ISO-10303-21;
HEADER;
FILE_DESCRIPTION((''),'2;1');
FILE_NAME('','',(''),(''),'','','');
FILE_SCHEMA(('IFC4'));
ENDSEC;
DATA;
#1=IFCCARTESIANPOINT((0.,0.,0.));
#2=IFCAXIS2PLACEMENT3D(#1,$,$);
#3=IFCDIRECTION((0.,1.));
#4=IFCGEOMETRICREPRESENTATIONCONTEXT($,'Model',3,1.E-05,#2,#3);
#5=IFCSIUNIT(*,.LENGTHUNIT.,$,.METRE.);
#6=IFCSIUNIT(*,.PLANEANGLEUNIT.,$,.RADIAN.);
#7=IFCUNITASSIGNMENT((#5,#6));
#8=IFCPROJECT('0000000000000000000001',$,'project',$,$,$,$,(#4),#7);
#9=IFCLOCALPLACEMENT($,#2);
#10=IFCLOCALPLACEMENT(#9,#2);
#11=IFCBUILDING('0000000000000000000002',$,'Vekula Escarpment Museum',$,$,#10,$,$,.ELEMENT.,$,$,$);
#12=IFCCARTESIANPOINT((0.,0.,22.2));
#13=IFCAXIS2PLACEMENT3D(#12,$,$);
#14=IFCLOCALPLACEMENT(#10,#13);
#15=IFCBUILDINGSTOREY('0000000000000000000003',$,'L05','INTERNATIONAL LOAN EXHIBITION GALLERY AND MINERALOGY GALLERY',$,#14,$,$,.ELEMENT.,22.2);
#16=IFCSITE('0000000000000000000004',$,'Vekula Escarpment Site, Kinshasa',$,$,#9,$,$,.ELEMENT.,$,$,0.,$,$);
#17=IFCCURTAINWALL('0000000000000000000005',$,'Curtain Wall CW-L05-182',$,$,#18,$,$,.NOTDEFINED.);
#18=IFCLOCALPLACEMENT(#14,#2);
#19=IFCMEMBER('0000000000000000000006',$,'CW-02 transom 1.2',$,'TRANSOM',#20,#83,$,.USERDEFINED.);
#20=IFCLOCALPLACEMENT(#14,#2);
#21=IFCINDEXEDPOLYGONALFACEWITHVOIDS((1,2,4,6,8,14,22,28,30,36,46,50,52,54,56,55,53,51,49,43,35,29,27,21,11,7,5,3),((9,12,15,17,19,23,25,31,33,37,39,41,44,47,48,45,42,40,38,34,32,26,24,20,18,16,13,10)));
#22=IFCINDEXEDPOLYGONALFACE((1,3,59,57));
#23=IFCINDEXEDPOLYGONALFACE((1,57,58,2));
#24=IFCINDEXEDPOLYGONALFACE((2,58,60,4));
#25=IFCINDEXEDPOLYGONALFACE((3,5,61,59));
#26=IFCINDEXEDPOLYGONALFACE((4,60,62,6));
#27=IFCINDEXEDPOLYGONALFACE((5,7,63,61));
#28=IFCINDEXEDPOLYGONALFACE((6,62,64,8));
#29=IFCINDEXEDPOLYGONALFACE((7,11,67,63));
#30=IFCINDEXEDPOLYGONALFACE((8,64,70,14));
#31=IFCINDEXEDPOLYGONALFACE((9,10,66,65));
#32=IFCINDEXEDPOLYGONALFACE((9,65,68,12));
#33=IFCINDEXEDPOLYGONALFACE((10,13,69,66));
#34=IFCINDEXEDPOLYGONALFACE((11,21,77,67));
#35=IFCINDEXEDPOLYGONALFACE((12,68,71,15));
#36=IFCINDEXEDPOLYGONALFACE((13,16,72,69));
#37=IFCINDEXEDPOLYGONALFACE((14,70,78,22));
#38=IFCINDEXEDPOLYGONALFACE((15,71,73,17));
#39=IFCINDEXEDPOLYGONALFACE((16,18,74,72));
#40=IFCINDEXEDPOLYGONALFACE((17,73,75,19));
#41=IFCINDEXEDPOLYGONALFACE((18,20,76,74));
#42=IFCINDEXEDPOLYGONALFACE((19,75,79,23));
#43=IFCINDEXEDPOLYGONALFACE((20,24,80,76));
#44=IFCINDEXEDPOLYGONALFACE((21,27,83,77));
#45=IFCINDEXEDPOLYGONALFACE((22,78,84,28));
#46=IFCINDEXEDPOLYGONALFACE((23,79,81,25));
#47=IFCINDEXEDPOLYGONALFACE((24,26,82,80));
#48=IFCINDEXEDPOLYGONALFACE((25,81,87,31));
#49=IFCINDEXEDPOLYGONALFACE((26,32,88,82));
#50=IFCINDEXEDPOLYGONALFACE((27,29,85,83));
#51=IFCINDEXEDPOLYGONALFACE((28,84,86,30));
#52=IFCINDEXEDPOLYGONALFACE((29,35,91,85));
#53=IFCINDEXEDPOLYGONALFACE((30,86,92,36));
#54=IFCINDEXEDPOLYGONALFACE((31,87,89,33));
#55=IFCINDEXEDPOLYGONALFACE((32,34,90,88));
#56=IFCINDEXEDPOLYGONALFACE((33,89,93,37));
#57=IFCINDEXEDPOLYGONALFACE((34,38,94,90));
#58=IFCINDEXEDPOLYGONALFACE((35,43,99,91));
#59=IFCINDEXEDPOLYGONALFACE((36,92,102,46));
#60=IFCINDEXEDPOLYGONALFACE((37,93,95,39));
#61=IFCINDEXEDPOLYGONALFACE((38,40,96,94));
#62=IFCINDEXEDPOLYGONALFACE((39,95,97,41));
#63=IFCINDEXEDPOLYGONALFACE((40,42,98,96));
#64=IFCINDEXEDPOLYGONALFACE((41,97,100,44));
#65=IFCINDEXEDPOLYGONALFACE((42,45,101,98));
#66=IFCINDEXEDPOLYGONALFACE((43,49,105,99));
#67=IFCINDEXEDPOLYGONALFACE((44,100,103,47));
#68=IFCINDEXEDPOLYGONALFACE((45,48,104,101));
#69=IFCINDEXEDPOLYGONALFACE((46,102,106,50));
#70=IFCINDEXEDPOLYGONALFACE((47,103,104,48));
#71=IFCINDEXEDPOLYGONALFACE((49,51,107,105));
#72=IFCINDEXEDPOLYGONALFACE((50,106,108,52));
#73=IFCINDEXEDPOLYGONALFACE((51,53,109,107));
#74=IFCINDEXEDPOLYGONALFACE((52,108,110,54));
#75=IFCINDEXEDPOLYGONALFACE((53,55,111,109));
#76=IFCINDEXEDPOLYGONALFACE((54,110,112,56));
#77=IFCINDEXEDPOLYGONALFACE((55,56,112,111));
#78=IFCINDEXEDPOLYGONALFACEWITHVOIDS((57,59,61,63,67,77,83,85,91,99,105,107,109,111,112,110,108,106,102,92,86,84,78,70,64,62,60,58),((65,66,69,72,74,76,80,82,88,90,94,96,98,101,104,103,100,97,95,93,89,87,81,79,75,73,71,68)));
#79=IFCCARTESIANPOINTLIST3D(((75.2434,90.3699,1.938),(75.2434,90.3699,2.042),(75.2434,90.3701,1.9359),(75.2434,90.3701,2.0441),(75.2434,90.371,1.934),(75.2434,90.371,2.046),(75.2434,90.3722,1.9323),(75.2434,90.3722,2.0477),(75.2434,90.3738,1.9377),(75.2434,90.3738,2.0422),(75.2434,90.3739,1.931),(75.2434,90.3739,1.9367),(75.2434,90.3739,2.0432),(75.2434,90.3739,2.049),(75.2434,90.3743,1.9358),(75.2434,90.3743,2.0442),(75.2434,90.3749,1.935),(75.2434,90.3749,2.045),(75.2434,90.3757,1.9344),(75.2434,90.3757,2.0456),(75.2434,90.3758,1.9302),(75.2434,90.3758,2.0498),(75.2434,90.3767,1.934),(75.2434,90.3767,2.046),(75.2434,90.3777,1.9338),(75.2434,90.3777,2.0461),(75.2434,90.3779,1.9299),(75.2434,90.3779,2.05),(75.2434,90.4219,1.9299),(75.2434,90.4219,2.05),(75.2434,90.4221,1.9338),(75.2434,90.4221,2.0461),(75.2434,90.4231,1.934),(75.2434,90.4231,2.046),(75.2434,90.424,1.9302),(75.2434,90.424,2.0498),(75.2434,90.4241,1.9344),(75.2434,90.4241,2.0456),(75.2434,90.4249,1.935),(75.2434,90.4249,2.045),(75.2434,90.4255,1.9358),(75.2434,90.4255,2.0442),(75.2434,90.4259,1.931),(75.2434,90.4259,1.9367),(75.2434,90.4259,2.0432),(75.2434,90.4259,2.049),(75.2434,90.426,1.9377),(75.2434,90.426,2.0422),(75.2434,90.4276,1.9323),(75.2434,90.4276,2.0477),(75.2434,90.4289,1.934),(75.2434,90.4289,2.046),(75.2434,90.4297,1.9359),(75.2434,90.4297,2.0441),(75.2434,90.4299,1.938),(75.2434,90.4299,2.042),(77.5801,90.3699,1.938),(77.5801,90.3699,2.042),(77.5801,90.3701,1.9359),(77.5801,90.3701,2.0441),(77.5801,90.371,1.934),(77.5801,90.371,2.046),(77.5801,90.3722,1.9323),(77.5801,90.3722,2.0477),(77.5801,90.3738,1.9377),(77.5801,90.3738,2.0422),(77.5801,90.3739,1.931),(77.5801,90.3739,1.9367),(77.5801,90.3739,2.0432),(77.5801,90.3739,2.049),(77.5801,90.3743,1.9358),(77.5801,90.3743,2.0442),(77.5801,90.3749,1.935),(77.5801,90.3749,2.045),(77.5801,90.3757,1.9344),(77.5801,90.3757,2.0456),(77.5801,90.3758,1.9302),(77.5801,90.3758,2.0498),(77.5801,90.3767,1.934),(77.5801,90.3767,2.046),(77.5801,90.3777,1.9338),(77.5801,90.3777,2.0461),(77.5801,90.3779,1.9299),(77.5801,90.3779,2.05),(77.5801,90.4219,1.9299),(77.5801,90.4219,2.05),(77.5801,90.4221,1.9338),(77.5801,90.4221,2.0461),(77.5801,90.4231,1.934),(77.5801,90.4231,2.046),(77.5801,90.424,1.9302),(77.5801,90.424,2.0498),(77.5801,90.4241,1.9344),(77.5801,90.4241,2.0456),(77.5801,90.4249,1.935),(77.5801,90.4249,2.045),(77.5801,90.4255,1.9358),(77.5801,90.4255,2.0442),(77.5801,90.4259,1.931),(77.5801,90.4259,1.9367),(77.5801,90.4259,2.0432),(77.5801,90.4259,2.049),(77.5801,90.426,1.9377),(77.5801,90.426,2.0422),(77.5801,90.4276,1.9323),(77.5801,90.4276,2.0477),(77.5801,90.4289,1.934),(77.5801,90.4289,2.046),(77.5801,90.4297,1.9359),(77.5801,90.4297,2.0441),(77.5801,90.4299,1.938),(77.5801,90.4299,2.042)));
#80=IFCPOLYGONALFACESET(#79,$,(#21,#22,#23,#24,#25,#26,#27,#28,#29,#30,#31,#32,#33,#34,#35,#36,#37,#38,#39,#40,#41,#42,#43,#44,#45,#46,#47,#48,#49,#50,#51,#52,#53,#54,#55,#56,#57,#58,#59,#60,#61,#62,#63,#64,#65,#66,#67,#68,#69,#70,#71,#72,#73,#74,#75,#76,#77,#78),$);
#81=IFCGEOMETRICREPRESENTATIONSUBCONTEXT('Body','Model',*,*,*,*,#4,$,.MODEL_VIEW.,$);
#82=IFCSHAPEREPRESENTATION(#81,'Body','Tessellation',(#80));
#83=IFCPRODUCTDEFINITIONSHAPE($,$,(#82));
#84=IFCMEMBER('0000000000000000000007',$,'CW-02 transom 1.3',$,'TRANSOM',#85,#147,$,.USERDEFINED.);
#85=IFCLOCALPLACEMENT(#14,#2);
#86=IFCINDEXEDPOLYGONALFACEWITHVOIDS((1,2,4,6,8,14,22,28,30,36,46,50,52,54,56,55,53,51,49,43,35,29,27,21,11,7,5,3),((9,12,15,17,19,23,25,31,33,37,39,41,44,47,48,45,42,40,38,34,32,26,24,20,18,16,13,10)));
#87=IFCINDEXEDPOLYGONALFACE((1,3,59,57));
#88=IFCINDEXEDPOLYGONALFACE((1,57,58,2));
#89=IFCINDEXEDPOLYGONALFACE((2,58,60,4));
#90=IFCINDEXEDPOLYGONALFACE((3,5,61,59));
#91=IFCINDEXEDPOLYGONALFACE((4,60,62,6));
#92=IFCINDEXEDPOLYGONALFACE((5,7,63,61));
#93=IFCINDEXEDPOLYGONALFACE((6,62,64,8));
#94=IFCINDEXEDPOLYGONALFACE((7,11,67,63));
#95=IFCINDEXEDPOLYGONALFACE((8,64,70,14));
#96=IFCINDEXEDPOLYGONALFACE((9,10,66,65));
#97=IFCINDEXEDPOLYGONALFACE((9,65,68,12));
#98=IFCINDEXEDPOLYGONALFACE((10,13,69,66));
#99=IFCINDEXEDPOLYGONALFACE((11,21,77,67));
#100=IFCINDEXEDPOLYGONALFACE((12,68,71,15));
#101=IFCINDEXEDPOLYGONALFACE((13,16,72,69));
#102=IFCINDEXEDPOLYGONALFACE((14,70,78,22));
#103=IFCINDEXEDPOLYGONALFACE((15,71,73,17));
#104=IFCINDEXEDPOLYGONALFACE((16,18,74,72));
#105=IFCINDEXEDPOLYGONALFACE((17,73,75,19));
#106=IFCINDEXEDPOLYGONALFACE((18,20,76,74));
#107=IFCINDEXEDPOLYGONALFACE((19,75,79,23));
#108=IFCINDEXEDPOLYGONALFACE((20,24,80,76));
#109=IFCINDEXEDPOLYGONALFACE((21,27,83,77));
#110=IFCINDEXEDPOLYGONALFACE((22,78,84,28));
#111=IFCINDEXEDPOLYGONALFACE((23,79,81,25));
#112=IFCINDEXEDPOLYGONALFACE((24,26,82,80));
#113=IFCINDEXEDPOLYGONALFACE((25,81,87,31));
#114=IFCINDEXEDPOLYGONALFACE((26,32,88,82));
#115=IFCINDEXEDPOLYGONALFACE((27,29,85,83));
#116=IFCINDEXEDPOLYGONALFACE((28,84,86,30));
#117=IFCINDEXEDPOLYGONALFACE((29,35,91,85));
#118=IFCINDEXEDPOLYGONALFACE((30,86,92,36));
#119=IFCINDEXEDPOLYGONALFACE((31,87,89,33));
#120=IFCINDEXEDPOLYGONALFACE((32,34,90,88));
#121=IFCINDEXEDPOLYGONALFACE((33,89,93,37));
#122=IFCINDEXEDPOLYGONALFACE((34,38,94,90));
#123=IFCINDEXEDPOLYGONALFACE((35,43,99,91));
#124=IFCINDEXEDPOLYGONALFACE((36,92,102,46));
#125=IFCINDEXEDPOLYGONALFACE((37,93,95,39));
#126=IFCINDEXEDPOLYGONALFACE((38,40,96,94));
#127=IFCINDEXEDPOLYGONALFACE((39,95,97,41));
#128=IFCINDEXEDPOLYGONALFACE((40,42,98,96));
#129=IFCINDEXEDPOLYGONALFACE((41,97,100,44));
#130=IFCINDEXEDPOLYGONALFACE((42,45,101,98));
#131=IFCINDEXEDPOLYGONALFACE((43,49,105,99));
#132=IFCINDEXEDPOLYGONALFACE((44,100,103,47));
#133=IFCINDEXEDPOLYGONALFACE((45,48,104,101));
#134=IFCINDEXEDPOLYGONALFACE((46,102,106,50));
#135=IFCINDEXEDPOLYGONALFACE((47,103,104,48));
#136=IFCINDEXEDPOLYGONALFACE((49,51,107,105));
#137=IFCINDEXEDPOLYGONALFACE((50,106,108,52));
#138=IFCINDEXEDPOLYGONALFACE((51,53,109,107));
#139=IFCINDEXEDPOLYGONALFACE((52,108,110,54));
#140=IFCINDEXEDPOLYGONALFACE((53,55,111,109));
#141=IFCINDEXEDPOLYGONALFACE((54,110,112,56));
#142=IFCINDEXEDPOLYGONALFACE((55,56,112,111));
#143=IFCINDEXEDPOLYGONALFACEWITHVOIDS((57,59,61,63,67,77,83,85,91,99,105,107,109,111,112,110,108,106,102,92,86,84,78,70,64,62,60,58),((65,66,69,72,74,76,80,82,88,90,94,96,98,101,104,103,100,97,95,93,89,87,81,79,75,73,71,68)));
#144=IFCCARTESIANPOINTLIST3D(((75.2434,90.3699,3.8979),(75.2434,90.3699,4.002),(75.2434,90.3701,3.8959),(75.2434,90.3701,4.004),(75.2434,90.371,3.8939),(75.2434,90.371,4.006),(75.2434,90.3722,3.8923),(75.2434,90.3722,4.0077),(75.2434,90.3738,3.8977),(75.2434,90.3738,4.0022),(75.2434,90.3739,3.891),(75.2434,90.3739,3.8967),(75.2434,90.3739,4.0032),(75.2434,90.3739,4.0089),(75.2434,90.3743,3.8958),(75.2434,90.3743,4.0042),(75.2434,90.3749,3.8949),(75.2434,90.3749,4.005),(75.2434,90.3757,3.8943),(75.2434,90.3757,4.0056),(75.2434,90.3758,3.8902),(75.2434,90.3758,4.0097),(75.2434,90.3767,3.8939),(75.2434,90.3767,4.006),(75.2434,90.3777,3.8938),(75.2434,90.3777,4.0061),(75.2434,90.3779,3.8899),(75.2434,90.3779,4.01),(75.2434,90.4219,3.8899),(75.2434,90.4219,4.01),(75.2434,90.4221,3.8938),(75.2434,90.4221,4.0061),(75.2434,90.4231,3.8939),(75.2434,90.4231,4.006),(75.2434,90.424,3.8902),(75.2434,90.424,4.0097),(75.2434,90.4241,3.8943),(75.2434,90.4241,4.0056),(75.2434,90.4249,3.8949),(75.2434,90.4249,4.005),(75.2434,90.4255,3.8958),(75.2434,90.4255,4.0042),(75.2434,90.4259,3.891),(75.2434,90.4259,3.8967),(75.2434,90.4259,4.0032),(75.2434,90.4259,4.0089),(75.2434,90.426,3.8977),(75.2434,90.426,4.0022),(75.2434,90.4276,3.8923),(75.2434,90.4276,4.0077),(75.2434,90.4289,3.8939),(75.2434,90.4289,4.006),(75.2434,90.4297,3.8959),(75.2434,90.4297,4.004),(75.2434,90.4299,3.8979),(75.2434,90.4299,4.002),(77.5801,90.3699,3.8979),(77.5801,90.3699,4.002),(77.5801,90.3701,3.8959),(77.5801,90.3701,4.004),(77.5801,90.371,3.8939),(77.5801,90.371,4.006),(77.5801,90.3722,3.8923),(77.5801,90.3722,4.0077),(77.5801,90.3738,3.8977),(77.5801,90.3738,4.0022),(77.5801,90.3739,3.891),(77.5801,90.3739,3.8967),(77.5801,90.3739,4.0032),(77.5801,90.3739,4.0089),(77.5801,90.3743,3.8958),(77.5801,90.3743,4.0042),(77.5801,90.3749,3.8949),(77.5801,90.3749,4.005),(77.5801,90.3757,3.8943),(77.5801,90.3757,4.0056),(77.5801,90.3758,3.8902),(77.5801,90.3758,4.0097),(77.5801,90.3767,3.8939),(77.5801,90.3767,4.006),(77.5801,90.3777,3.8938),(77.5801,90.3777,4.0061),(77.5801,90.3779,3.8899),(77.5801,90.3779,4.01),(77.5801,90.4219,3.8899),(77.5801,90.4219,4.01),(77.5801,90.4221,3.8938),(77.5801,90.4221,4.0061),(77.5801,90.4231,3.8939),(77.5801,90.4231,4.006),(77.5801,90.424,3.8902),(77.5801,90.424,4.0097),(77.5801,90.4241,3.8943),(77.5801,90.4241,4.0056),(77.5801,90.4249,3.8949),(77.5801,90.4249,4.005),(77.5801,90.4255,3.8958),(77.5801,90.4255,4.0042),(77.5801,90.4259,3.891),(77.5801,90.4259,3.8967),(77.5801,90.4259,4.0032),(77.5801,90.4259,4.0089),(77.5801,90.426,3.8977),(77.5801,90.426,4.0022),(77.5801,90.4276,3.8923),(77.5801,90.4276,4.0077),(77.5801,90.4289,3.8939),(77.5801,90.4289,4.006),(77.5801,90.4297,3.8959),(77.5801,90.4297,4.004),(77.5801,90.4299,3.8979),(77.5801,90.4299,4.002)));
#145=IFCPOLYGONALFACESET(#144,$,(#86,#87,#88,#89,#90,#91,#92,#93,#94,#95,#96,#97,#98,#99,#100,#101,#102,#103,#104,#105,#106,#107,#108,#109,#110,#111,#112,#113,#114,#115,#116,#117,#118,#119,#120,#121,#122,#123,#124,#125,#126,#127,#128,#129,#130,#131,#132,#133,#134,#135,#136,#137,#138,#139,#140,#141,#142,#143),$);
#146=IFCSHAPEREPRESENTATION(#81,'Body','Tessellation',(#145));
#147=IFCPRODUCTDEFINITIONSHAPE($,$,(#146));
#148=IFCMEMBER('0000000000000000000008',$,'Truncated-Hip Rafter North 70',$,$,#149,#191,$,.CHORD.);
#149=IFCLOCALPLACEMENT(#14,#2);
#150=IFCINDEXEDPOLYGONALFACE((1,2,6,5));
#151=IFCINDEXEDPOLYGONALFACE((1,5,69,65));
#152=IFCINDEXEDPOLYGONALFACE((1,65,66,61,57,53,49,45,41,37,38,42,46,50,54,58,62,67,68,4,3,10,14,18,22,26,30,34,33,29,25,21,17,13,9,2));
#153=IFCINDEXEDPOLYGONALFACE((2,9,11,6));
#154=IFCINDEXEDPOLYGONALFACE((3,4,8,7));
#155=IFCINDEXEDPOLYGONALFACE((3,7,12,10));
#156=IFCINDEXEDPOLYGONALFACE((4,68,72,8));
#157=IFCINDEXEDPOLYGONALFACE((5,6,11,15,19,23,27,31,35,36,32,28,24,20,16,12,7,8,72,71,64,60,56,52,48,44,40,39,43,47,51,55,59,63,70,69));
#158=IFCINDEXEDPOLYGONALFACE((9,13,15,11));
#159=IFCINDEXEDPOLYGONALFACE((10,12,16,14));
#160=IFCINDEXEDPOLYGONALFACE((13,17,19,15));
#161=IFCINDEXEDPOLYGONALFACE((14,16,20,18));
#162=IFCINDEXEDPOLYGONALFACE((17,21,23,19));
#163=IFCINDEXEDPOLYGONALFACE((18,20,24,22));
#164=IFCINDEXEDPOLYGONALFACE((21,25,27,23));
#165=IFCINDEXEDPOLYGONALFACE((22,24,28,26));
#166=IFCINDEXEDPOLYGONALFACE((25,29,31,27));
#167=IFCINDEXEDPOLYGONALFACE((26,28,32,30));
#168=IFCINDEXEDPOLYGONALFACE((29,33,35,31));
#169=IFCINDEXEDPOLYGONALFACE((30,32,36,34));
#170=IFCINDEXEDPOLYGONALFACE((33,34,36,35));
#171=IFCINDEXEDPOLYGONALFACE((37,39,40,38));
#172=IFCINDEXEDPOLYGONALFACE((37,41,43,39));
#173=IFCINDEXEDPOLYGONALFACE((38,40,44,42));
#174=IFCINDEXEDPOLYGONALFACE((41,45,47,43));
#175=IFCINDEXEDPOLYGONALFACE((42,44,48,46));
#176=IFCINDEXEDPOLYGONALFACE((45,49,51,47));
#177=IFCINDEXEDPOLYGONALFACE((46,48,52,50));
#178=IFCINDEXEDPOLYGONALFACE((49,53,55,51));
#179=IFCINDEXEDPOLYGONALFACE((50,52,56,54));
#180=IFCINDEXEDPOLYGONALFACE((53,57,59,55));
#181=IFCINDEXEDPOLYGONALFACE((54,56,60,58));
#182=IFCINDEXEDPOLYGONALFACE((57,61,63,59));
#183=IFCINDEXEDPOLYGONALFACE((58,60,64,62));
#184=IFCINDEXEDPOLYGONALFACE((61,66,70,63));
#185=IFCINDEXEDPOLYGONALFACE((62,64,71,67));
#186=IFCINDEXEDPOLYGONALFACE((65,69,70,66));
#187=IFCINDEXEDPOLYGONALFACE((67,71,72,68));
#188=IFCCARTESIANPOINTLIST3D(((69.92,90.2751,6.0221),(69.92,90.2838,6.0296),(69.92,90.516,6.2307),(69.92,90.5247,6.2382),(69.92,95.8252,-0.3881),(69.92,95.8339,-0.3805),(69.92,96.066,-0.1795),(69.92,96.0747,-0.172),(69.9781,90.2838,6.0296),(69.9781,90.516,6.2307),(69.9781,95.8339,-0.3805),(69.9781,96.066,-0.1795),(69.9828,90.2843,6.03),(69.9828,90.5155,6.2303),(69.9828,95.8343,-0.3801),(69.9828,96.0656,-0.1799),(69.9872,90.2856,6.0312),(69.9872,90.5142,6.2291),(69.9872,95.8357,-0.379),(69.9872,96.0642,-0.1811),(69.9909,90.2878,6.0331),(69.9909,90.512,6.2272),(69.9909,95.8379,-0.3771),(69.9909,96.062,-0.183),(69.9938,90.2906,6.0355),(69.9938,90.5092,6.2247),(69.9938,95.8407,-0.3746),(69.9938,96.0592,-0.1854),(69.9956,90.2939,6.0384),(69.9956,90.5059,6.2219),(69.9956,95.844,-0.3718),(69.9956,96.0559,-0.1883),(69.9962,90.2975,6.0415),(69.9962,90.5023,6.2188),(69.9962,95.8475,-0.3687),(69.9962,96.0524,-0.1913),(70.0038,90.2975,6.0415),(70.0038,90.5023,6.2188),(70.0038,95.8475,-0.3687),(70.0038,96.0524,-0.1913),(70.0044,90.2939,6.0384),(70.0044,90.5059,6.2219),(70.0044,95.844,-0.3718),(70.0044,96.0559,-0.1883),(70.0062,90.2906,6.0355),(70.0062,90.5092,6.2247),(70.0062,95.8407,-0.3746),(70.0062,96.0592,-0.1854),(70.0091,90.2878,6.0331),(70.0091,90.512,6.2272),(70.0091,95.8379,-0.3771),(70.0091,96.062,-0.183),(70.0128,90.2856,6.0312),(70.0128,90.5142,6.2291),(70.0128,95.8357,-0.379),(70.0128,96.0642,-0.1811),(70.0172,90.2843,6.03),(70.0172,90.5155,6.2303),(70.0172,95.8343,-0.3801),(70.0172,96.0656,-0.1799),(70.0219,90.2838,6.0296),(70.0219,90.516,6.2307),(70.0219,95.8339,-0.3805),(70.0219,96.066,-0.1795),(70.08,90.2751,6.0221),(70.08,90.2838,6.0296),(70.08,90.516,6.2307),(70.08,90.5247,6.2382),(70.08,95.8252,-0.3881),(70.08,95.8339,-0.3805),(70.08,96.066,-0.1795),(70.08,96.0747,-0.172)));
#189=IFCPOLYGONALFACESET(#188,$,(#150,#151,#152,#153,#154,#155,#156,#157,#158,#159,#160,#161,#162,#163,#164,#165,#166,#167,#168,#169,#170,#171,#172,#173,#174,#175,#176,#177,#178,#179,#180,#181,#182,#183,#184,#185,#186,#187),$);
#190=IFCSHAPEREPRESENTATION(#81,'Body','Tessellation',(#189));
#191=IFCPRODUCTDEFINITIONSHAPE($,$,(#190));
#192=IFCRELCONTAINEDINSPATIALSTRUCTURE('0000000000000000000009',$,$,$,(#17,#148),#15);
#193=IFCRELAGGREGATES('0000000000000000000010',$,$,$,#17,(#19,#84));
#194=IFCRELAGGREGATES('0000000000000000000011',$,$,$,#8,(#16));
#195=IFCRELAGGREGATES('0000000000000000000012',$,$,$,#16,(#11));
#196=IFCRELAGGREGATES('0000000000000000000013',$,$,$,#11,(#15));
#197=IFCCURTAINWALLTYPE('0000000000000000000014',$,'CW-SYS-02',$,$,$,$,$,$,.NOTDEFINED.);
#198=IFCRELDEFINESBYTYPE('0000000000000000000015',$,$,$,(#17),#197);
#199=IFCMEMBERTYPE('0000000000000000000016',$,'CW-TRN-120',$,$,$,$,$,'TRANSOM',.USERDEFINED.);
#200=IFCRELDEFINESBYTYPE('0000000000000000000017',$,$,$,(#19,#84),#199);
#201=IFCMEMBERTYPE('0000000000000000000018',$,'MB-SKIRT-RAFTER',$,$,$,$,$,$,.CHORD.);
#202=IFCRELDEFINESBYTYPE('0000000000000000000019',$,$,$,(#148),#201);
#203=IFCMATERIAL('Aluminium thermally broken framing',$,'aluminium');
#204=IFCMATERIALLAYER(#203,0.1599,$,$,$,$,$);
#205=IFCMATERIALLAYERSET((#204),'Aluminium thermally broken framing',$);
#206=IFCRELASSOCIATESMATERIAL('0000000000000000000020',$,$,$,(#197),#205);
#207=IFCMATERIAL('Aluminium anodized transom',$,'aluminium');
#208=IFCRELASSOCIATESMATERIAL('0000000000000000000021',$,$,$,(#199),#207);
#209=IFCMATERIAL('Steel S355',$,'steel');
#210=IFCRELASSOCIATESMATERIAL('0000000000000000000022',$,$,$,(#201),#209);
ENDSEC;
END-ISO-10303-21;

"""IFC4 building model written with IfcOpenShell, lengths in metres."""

from ifc_helpers import new_model, si_unit, direction, frame, origin, origin_2d, place, context, subcontext, project, spatial, hollow_rectangle, i_section, extrude, material, layer, layer_set, material_profile, profile_set, type_object, element, aggregate, save


model = new_model("IFC4")

# Units and contexts
model_context = context("Model", 3, precision=1e-05, world=origin(), true_north=direction((0.0, 1.0)))
body_context = subcontext(model_context, "Body", "Model", "MODEL_VIEW")
ifc_project = project(units=[si_unit("LENGTHUNIT", "METRE"), si_unit("PLANEANGLEUNIT", "RADIAN")], contexts=[model_context])

# Site, building, storey
site_placement = place(None, origin())
site = spatial("IfcSite", under=ifc_project, at=site_placement, Name="Vekula Escarpment Site, Kinshasa", CompositionType="ELEMENT", RefElevation=0.0)
building_placement = place(site_placement, origin())
building = spatial("IfcBuilding", under=site, at=building_placement, Name="Vekula Escarpment Museum", CompositionType="ELEMENT")
storey_placement = place(building_placement, frame((0.0, 0.0, 22.2)))
storey = spatial("IfcBuildingStorey", under=building, at=storey_placement, Name="L05", Description="INTERNATIONAL LOAN EXHIBITION GALLERY AND MINERALOGY GALLERY", CompositionType="ELEMENT", Elevation=22.2)

# Curtain wall
ifc_material_1 = material(Name="Aluminium thermally broken framing", Category="aluminium")
ifc_layer_1 = layer(ifc_material_1, 0.1599)
ifc_layer_set_1 = layer_set([ifc_layer_1], Name="Aluminium thermally broken framing")
curtain_wall_type_1 = type_object("IfcCurtainWallType", Name="CW-SYS-02", PredefinedType="NOTDEFINED", material=ifc_layer_set_1)
curtain_wall_1_placement = place(storey_placement, origin())
curtain_wall_1 = element("IfcCurtainWall", 1, at=curtain_wall_1_placement, inside=storey, type_object=curtain_wall_type_1, Name="Curtain Wall CW-L05-182", PredefinedType="NOTDEFINED")

# Members
ifc_material_2 = material(Name="Aluminium anodized transom", Category="aluminium")
ifc_material_profile_1 = material_profile(ifc_material_2, hollow_rectangle(XDim=0.0601, YDim=0.1201, WallThickness=0.0039, InnerFilletRadius=0.0039, OuterFilletRadius=0.0081, at=origin_2d()), Name="ALU 120x60x4")
ifc_profile_set_1 = profile_set([ifc_material_profile_1], Name="Aluminium anodized transom")
member_type_1 = type_object("IfcMemberType", Name="CW-TRN-120", ElementType="TRANSOM", PredefinedType="USERDEFINED", material=ifc_profile_set_1)
member_1_placement = place(storey_placement, frame((77.5801, 90.3999, 1.99), z_axis=(-1.0, 0.0, 0.0), x_axis=(0.0, -1.0, 0.0)))
member_1 = element("IfcMember", 2, at=member_1_placement, type_object=member_type_1, Name="CW-02 transom 1.2", ObjectType="TRANSOM", PredefinedType="USERDEFINED", context=body_context, shape_type="SweptSolid", body=[
    extrude(hollow_rectangle(XDim=0.0601, YDim=0.1201, WallThickness=0.0039, InnerFilletRadius=0.0039, OuterFilletRadius=0.0081, at=origin_2d()), origin(), (0.0, 0.0, 1.0), 2.3367),
])
member_2_placement = place(storey_placement, frame((77.5801, 90.3999, 3.95), z_axis=(-1.0, 0.0, 0.0), x_axis=(0.0, -1.0, 0.0)))
member_2 = element("IfcMember", 3, at=member_2_placement, type_object=member_type_1, Name="CW-02 transom 1.3", ObjectType="TRANSOM", PredefinedType="USERDEFINED", context=body_context, shape_type="SweptSolid", body=[
    extrude(hollow_rectangle(XDim=0.0601, YDim=0.1201, WallThickness=0.0039, InnerFilletRadius=0.0039, OuterFilletRadius=0.0081, at=origin_2d()), origin(), (0.0, 0.0, 1.0), 2.3367),
])

# Member
ifc_material_3 = material(Name="Steel S355", Category="steel")
ifc_material_profile_2 = material_profile(ifc_material_3, i_section(OverallWidth=0.1599, OverallDepth=0.3301, WebThickness=0.0076, FlangeThickness=0.0115, FilletRadius=0.0181, at=origin_2d()), Name="IPE 330")
ifc_profile_set_2 = profile_set([ifc_material_profile_2], Name="Steel S355")
member_type_2 = type_object("IfcMemberType", Name="MB-SKIRT-RAFTER", PredefinedType="CHORD", material=ifc_profile_set_2)
for number, where, z_axis, x_axis, name in (
    (4, (70.0, 95.95, -0.28), (0.0, -0.654565, 0.756005), (1.0, 0.0, 0.0), "Truncated-Hip Rafter North 70"),
):
    element("IfcMember", number, at=place(storey_placement, frame(where, z_axis=z_axis, x_axis=x_axis)), inside=storey, type_object=member_type_2, Name=name, PredefinedType="CHORD", context=body_context, shape_type="SweptSolid", body=[
        extrude(i_section(OverallWidth=0.1599, OverallDepth=0.3301, WebThickness=0.0076, FlangeThickness=0.0115, FilletRadius=0.0181, at=origin_2d()), origin(), (0.0, 0.0, 1.0), 8.479),
    ])

aggregate(curtain_wall_1, [member_1, member_2])

save(model, "model.ifc")
